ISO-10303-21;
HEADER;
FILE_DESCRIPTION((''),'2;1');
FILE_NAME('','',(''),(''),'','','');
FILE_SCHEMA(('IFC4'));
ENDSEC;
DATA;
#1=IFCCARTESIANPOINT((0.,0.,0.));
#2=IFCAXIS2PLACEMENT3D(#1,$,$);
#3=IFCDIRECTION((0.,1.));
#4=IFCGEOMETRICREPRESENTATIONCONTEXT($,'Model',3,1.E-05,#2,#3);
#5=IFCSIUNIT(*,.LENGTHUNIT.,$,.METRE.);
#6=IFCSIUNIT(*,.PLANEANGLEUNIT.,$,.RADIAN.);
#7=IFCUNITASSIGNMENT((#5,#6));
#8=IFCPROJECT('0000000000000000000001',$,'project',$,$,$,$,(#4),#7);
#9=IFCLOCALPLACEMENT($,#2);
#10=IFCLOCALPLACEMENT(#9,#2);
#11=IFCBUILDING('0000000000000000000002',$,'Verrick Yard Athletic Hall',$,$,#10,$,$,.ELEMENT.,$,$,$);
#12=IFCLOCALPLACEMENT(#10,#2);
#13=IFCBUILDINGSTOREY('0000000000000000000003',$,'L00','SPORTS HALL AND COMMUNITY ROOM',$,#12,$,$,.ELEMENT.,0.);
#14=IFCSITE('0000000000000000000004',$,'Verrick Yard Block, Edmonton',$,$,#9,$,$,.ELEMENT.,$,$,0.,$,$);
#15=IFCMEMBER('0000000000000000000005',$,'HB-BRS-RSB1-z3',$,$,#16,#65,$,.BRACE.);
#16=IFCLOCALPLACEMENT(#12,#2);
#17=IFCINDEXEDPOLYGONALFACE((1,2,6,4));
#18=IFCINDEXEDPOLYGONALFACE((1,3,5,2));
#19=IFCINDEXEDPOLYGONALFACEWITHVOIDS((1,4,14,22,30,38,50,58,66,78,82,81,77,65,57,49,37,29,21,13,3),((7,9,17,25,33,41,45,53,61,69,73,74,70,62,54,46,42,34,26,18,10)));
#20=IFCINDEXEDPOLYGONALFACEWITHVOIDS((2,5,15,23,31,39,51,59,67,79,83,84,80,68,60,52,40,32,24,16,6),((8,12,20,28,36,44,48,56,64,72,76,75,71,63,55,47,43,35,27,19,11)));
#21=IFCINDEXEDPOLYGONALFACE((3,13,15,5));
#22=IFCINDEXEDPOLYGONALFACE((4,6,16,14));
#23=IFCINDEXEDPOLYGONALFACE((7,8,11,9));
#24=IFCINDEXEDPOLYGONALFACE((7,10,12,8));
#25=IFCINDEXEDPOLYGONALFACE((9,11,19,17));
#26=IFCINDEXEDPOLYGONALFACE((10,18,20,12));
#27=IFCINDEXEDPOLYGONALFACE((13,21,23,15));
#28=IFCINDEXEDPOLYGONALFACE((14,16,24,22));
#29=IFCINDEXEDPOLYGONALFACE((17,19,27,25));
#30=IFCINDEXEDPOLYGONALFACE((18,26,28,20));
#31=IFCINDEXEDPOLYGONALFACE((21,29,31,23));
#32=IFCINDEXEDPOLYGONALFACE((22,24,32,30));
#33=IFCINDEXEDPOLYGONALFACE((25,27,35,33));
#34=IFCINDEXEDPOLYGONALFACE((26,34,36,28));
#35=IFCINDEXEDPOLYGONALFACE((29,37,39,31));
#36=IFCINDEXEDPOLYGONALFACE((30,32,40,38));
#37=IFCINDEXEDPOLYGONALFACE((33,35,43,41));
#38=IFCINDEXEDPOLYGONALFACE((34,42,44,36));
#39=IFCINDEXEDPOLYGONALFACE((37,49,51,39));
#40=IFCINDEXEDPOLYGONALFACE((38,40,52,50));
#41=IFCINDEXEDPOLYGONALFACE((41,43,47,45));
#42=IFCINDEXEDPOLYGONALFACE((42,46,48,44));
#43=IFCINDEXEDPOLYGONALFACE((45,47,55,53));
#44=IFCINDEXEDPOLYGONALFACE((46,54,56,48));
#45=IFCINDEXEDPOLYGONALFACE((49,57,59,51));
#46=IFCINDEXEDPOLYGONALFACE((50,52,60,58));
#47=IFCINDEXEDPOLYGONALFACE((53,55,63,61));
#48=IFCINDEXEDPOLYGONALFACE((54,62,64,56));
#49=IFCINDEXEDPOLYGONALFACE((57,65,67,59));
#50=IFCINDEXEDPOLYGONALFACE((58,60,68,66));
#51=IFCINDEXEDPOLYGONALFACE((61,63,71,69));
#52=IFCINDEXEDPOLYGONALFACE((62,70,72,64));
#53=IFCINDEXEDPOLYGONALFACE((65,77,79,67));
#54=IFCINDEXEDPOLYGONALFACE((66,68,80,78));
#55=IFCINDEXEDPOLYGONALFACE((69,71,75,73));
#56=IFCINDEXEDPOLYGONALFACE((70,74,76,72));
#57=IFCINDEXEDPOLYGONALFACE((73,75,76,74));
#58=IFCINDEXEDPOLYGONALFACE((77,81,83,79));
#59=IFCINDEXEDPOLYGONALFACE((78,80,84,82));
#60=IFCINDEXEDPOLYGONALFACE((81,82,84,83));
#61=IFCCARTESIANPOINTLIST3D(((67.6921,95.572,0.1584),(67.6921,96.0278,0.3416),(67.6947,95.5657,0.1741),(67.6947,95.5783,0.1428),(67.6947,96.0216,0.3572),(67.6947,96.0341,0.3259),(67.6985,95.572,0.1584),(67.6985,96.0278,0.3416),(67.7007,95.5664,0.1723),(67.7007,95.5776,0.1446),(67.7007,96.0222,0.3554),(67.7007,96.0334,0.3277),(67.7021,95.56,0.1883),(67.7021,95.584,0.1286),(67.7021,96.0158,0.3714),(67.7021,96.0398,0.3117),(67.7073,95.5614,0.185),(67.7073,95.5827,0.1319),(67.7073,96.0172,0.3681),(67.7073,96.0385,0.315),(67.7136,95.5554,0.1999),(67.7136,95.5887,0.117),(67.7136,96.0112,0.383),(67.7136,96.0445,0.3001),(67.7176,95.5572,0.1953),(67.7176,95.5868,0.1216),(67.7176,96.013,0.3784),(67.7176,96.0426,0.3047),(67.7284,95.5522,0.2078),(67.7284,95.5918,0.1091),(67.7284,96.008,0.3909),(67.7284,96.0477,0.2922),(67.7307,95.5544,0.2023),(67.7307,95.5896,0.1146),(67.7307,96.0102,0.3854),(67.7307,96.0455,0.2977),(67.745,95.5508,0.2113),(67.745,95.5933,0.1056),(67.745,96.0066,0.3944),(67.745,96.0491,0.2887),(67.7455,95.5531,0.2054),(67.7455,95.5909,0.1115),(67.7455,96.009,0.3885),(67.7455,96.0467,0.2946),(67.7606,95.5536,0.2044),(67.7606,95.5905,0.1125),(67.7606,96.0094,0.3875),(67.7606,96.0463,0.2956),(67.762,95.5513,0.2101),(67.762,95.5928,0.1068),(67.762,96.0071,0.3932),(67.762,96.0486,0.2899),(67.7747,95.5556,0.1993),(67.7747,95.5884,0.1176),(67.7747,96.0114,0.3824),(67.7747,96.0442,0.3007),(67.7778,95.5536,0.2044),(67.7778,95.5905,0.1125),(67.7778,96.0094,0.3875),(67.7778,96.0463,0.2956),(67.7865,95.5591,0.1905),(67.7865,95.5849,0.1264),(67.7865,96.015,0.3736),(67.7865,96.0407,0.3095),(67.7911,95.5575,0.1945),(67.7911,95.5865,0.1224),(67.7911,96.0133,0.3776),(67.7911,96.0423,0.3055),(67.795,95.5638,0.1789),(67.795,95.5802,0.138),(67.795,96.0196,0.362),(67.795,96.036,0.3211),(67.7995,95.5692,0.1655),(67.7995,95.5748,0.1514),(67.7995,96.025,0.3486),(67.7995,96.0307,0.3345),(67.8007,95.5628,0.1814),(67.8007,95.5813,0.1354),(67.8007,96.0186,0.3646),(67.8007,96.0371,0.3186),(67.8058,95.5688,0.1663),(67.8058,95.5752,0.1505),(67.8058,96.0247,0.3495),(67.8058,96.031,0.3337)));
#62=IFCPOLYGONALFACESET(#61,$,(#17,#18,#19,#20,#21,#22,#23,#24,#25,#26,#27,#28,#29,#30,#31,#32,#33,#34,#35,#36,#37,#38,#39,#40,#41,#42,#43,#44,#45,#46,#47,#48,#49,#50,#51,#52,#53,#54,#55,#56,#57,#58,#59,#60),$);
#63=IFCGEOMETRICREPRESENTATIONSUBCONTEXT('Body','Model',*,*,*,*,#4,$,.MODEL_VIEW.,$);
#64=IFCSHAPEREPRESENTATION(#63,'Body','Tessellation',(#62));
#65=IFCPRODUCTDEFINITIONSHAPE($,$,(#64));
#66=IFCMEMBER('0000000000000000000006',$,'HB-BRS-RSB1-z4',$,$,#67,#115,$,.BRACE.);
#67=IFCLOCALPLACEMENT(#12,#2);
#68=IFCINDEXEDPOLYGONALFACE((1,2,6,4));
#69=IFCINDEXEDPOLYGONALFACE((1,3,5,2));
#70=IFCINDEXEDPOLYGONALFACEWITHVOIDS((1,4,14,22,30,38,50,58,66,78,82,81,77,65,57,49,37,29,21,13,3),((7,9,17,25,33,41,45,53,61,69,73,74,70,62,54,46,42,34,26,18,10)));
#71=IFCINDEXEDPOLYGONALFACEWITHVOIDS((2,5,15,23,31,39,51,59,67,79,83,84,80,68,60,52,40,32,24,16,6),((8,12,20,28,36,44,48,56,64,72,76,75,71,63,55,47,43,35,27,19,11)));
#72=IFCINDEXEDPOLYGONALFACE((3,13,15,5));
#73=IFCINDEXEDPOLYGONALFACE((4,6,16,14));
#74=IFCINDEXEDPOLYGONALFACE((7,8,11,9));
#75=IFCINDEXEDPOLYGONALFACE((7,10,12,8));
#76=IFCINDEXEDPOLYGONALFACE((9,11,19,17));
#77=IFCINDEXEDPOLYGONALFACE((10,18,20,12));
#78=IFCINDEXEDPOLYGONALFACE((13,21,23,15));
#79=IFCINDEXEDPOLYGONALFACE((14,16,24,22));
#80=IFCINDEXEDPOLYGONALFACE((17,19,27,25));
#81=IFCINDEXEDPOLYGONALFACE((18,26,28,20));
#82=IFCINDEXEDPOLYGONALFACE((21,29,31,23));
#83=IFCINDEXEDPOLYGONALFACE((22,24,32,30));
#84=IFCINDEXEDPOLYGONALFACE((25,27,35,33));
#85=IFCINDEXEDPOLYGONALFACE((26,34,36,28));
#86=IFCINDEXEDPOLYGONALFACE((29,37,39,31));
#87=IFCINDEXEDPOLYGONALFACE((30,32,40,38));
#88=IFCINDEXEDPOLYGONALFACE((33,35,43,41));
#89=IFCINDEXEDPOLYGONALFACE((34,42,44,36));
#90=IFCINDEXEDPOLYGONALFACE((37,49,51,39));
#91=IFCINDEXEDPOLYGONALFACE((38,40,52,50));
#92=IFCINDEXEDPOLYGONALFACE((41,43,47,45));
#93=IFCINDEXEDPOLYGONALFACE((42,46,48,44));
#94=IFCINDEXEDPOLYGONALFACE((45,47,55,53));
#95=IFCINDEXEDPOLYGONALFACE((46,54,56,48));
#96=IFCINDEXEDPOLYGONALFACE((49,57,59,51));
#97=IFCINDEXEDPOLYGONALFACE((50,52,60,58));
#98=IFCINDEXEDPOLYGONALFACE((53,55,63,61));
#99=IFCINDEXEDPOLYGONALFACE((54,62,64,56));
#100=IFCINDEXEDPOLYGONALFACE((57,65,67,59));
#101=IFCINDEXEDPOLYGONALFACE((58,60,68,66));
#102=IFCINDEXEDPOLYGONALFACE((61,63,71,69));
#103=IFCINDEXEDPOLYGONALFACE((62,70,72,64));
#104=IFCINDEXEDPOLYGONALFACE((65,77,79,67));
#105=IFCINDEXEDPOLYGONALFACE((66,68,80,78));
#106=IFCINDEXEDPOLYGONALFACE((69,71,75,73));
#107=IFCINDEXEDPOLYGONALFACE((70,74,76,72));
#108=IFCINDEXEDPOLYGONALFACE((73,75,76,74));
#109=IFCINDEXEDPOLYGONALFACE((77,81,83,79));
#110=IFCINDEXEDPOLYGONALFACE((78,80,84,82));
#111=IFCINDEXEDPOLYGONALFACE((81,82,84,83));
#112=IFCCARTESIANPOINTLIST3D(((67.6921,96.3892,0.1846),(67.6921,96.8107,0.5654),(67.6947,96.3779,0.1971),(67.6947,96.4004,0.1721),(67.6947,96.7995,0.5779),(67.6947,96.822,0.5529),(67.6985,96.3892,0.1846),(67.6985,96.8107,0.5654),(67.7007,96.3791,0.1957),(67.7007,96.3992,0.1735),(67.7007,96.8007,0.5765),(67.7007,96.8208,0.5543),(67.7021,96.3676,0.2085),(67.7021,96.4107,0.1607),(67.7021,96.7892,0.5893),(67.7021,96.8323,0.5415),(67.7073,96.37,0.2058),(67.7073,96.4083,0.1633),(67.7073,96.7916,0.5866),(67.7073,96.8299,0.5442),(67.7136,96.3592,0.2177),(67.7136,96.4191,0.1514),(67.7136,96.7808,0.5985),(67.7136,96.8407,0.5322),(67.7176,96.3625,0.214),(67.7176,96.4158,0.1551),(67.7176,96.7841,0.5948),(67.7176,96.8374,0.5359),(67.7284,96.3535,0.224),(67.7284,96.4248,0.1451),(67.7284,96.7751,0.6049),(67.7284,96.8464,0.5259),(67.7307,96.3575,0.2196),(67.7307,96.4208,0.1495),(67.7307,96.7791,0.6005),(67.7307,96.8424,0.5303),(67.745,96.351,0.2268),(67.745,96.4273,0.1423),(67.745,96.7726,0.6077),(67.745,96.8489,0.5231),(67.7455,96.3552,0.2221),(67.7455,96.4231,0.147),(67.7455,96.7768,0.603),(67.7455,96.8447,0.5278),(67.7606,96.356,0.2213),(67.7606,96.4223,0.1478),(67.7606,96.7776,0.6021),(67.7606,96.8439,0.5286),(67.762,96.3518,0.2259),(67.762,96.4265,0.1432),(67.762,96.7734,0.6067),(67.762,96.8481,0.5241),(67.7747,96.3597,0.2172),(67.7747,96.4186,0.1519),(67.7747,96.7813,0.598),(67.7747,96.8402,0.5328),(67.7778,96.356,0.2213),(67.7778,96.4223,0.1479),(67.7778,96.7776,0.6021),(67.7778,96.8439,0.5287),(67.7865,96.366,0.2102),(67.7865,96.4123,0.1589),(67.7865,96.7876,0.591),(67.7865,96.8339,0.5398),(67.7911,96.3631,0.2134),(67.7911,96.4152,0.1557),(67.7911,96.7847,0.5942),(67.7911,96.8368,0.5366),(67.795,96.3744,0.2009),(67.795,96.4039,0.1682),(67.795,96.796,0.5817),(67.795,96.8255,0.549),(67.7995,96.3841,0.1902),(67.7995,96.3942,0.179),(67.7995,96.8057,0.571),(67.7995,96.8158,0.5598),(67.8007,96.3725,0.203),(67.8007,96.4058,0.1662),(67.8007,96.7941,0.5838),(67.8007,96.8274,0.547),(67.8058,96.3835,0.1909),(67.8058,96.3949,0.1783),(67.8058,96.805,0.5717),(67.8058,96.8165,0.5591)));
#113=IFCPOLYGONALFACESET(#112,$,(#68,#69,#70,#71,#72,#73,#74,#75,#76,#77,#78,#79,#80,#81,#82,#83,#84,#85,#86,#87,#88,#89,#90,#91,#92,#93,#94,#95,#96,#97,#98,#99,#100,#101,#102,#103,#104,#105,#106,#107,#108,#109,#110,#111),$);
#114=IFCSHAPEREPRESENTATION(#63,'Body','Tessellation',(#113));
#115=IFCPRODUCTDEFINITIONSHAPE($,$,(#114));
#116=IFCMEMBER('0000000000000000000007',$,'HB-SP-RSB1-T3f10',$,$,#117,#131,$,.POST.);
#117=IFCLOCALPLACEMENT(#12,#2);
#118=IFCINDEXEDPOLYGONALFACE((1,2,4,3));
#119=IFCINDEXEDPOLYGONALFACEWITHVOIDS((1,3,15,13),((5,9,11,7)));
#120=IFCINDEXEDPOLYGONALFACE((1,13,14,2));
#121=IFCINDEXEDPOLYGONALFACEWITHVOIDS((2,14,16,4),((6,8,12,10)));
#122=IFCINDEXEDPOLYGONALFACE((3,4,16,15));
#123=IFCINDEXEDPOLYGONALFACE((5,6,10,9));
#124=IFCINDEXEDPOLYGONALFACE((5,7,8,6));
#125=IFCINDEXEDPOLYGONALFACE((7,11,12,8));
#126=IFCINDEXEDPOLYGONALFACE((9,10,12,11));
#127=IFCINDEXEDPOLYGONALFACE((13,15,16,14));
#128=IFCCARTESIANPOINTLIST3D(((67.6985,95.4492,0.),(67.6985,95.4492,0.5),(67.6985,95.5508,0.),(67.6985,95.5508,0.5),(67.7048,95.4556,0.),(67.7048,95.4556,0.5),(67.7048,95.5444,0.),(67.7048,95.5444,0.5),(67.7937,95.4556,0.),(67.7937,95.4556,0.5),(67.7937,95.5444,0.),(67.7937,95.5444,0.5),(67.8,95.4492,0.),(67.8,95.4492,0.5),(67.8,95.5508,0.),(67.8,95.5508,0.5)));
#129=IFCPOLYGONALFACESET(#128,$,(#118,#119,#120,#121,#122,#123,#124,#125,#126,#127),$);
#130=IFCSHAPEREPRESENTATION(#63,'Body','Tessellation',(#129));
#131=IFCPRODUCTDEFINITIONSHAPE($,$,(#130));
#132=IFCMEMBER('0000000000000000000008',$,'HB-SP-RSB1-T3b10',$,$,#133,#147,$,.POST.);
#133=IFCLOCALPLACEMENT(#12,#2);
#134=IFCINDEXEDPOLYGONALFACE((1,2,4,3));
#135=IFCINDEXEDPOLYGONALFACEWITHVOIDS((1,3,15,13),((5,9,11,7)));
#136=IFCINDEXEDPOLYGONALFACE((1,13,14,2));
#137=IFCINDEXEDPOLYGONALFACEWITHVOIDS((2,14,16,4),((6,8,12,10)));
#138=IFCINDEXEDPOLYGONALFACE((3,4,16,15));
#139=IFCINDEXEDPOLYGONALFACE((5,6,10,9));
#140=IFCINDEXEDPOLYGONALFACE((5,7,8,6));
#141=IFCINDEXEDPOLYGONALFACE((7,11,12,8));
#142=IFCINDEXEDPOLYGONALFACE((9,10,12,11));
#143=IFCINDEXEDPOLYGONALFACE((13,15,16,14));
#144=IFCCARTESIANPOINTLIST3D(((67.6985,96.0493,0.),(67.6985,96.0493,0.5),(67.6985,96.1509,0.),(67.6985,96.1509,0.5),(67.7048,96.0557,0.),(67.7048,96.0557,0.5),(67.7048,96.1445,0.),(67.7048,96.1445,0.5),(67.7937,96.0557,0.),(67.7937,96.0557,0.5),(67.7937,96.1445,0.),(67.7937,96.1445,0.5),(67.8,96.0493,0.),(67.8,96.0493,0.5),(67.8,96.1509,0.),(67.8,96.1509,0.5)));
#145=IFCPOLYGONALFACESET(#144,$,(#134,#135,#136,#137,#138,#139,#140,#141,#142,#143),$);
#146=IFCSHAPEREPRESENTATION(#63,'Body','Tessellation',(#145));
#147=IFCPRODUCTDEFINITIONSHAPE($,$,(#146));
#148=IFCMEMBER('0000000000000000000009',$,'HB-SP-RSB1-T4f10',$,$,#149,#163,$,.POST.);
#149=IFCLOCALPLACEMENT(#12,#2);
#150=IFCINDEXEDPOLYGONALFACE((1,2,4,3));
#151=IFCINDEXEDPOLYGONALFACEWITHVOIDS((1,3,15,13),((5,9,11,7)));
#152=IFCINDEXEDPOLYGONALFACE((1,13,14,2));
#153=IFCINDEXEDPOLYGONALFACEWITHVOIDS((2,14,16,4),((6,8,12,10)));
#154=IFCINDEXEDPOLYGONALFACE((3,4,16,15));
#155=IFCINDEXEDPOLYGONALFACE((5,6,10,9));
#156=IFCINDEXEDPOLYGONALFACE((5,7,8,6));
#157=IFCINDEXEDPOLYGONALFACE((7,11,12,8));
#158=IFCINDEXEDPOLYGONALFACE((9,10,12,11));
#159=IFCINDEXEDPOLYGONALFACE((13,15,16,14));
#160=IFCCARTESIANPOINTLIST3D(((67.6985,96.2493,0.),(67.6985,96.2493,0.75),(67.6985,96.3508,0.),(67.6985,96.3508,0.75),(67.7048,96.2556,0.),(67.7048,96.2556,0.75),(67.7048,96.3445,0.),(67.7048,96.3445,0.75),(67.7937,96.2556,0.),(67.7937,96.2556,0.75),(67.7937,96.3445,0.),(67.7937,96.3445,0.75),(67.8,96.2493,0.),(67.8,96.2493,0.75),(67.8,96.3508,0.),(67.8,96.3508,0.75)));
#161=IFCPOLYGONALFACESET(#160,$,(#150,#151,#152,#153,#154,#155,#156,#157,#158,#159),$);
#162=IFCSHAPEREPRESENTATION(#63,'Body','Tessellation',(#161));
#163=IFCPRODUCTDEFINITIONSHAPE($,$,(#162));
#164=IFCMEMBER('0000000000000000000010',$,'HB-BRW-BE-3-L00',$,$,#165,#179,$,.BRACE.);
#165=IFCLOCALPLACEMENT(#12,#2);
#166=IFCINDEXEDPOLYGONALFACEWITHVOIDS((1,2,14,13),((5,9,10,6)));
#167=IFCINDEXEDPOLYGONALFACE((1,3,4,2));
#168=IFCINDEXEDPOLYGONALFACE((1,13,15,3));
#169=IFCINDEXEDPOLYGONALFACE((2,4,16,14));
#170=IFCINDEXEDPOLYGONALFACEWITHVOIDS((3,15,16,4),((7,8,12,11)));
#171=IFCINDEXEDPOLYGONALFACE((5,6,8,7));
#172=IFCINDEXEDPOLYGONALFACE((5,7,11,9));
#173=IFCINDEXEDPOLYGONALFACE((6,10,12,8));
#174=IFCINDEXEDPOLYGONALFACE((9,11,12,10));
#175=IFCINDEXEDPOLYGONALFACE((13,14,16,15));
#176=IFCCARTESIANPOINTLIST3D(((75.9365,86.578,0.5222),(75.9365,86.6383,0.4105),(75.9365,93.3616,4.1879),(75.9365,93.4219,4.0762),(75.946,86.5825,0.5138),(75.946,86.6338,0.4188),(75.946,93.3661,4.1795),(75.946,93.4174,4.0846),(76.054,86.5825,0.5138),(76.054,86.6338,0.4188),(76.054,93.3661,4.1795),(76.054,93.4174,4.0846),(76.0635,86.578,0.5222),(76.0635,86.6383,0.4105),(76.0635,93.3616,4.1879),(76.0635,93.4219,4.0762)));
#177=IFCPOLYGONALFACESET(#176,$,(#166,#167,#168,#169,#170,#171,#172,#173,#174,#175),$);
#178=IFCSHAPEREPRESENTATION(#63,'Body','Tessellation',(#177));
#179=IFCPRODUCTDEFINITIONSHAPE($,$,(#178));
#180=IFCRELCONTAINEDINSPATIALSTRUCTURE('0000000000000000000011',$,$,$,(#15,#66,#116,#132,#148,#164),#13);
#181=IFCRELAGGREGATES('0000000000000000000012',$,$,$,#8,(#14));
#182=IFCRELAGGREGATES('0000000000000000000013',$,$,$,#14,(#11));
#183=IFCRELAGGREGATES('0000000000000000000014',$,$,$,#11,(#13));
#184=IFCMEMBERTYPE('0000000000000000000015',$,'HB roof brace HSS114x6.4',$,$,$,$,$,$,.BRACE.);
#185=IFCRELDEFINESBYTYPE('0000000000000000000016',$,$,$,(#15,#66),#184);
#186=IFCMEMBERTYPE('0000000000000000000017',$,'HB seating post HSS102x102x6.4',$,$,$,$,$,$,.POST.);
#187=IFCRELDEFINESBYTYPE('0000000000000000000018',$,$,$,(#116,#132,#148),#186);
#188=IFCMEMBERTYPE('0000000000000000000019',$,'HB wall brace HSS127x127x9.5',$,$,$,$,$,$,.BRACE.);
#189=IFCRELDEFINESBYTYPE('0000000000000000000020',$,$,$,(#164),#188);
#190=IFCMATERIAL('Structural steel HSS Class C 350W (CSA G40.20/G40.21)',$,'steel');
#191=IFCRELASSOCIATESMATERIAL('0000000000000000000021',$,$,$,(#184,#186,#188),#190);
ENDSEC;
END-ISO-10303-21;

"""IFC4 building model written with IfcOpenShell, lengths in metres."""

from ifc_helpers import new_model, si_unit, direction, frame, origin, origin_2d, place, context, subcontext, project, spatial, hollow_rectangle, hollow_circle, extrude, material, material_profile, profile_set, type_object, element, save


model = new_model("IFC4")

# Units and contexts
model_context = context("Model", 3, precision=1e-05, world=origin(), true_north=direction((0.0, 1.0)))
body_context = subcontext(model_context, "Body", "Model", "MODEL_VIEW")
ifc_project = project(units=[si_unit("LENGTHUNIT", "METRE"), si_unit("PLANEANGLEUNIT", "RADIAN")], contexts=[model_context])

# Site, building, storey
site_placement = place(None, origin())
site = spatial("IfcSite", under=ifc_project, at=site_placement, Name="Verrick Yard Block, Edmonton", CompositionType="ELEMENT", RefElevation=0.0)
building_placement = place(site_placement, origin())
building = spatial("IfcBuilding", under=site, at=building_placement, Name="Verrick Yard Athletic Hall", CompositionType="ELEMENT")
storey_placement = place(building_placement, origin())
storey = spatial("IfcBuildingStorey", under=building, at=storey_placement, Name="L00", Description="SPORTS HALL AND COMMUNITY ROOM", CompositionType="ELEMENT", Elevation=0.0)

# Members
ifc_material_1 = material(Name="Structural steel HSS Class C 350W (CSA G40.20/G40.21)", Category="steel")
ifc_material_profile_1 = material_profile(ifc_material_1, hollow_circle(Radius=0.0571, WallThickness=0.0063, at=origin_2d()), Name="HSS114x6.4")
ifc_profile_set_1 = profile_set([ifc_material_profile_1], Name="Structural steel HSS Class C 350W (CSA G40.20/G40.21)")
member_type_1 = type_object("IfcMemberType", Name="HB roof brace HSS114x6.4", PredefinedType="BRACE", material=ifc_profile_set_1)
member_1_placement = place(storey_placement, frame((67.7493, 95.572, 0.1584), z_axis=(0.0, 0.927927, 0.372761), x_axis=(-1.0, 0.0, 0.0)))
element("IfcMember", 1, at=member_1_placement, inside=storey, type_object=member_type_1, Name="HB-BRS-RSB1-z3", PredefinedType="BRACE", context=body_context, shape_type="SweptSolid", body=[
    extrude(hollow_circle(Radius=0.0571, WallThickness=0.0063, at=origin_2d()), origin(), (0.0, 0.0, 1.0), 0.4912),
])
member_2_placement = place(storey_placement, frame((67.7493, 96.3892, 0.1846), z_axis=(0.0, 0.742075, 0.670317), x_axis=(-1.0, 0.0, 0.0)))
element("IfcMember", 2, at=member_2_placement, inside=storey, type_object=member_type_1, Name="HB-BRS-RSB1-z4", PredefinedType="BRACE", context=body_context, shape_type="SweptSolid", body=[
    extrude(hollow_circle(Radius=0.0571, WallThickness=0.0063, at=origin_2d()), origin(), (0.0, 0.0, 1.0), 0.5681),
])
ifc_material_profile_2 = material_profile(ifc_material_1, hollow_rectangle(XDim=0.1016, YDim=0.1016, WallThickness=0.0063, at=origin_2d()), Name="HSS102x102x6.4")
ifc_profile_set_2 = profile_set([ifc_material_profile_2], Name="Structural steel HSS Class C 350W (CSA G40.20/G40.21)")
member_type_2 = type_object("IfcMemberType", Name="HB seating post HSS102x102x6.4", PredefinedType="POST", material=ifc_profile_set_2)
for number, where, z_axis, x_axis, name in (
    (3, (67.7493, 95.5, 0.0), (0.0, 0.0, 1.0), (0.0, 1.0, 0.0), "HB-SP-RSB1-T3f10"),
    (4, (67.7493, 96.1001, 0.0), (0.0, 0.0, 1.0), (0.0, 1.0, 0.0), "HB-SP-RSB1-T3b10"),
):
    element("IfcMember", number, at=place(storey_placement, frame(where, z_axis=z_axis, x_axis=x_axis)), inside=storey, type_object=member_type_2, Name=name, PredefinedType="POST", context=body_context, shape_type="SweptSolid", body=[
        extrude(hollow_rectangle(XDim=0.1016, YDim=0.1016, WallThickness=0.0063, at=origin_2d()), origin(), (0.0, 0.0, 1.0), 0.5),
    ])
member_3_placement = place(storey_placement, frame((67.7493, 96.3, 0.0), z_axis=(0.0, 0.0, 1.0), x_axis=(0.0, 1.0, 0.0)))
element("IfcMember", 5, at=member_3_placement, inside=storey, type_object=member_type_2, Name="HB-SP-RSB1-T4f10", PredefinedType="POST", context=body_context, shape_type="SweptSolid", body=[
    extrude(hollow_rectangle(XDim=0.1016, YDim=0.1016, WallThickness=0.0063, at=origin_2d()), origin(), (0.0, 0.0, 1.0), 0.75),
])
ifc_material_profile_3 = material_profile(ifc_material_1, hollow_rectangle(XDim=0.127, YDim=0.127, WallThickness=0.0095, at=origin_2d()), Name="HSS127x127x9.5")
ifc_profile_set_3 = profile_set([ifc_material_profile_3], Name="Structural steel HSS Class C 350W (CSA G40.20/G40.21)")
member_type_3 = type_object("IfcMemberType", Name="HB wall brace HSS127x127x9.5", PredefinedType="BRACE", material=ifc_profile_set_3)
member_4_placement = place(storey_placement, frame((76.0, 86.6082, 0.4663), z_axis=(0.0, 0.879766, 0.475408), x_axis=(-1.0, 0.0, 0.0)))
element("IfcMember", 6, at=member_4_placement, inside=storey, type_object=member_type_3, Name="HB-BRW-BE-3-L00", PredefinedType="BRACE", context=body_context, shape_type="SweptSolid", body=[
    extrude(hollow_rectangle(XDim=0.127, YDim=0.127, WallThickness=0.0095, at=origin_2d()), origin(), (0.0, 0.0, 1.0), 7.7107),
])

save(model, "model.ifc")
